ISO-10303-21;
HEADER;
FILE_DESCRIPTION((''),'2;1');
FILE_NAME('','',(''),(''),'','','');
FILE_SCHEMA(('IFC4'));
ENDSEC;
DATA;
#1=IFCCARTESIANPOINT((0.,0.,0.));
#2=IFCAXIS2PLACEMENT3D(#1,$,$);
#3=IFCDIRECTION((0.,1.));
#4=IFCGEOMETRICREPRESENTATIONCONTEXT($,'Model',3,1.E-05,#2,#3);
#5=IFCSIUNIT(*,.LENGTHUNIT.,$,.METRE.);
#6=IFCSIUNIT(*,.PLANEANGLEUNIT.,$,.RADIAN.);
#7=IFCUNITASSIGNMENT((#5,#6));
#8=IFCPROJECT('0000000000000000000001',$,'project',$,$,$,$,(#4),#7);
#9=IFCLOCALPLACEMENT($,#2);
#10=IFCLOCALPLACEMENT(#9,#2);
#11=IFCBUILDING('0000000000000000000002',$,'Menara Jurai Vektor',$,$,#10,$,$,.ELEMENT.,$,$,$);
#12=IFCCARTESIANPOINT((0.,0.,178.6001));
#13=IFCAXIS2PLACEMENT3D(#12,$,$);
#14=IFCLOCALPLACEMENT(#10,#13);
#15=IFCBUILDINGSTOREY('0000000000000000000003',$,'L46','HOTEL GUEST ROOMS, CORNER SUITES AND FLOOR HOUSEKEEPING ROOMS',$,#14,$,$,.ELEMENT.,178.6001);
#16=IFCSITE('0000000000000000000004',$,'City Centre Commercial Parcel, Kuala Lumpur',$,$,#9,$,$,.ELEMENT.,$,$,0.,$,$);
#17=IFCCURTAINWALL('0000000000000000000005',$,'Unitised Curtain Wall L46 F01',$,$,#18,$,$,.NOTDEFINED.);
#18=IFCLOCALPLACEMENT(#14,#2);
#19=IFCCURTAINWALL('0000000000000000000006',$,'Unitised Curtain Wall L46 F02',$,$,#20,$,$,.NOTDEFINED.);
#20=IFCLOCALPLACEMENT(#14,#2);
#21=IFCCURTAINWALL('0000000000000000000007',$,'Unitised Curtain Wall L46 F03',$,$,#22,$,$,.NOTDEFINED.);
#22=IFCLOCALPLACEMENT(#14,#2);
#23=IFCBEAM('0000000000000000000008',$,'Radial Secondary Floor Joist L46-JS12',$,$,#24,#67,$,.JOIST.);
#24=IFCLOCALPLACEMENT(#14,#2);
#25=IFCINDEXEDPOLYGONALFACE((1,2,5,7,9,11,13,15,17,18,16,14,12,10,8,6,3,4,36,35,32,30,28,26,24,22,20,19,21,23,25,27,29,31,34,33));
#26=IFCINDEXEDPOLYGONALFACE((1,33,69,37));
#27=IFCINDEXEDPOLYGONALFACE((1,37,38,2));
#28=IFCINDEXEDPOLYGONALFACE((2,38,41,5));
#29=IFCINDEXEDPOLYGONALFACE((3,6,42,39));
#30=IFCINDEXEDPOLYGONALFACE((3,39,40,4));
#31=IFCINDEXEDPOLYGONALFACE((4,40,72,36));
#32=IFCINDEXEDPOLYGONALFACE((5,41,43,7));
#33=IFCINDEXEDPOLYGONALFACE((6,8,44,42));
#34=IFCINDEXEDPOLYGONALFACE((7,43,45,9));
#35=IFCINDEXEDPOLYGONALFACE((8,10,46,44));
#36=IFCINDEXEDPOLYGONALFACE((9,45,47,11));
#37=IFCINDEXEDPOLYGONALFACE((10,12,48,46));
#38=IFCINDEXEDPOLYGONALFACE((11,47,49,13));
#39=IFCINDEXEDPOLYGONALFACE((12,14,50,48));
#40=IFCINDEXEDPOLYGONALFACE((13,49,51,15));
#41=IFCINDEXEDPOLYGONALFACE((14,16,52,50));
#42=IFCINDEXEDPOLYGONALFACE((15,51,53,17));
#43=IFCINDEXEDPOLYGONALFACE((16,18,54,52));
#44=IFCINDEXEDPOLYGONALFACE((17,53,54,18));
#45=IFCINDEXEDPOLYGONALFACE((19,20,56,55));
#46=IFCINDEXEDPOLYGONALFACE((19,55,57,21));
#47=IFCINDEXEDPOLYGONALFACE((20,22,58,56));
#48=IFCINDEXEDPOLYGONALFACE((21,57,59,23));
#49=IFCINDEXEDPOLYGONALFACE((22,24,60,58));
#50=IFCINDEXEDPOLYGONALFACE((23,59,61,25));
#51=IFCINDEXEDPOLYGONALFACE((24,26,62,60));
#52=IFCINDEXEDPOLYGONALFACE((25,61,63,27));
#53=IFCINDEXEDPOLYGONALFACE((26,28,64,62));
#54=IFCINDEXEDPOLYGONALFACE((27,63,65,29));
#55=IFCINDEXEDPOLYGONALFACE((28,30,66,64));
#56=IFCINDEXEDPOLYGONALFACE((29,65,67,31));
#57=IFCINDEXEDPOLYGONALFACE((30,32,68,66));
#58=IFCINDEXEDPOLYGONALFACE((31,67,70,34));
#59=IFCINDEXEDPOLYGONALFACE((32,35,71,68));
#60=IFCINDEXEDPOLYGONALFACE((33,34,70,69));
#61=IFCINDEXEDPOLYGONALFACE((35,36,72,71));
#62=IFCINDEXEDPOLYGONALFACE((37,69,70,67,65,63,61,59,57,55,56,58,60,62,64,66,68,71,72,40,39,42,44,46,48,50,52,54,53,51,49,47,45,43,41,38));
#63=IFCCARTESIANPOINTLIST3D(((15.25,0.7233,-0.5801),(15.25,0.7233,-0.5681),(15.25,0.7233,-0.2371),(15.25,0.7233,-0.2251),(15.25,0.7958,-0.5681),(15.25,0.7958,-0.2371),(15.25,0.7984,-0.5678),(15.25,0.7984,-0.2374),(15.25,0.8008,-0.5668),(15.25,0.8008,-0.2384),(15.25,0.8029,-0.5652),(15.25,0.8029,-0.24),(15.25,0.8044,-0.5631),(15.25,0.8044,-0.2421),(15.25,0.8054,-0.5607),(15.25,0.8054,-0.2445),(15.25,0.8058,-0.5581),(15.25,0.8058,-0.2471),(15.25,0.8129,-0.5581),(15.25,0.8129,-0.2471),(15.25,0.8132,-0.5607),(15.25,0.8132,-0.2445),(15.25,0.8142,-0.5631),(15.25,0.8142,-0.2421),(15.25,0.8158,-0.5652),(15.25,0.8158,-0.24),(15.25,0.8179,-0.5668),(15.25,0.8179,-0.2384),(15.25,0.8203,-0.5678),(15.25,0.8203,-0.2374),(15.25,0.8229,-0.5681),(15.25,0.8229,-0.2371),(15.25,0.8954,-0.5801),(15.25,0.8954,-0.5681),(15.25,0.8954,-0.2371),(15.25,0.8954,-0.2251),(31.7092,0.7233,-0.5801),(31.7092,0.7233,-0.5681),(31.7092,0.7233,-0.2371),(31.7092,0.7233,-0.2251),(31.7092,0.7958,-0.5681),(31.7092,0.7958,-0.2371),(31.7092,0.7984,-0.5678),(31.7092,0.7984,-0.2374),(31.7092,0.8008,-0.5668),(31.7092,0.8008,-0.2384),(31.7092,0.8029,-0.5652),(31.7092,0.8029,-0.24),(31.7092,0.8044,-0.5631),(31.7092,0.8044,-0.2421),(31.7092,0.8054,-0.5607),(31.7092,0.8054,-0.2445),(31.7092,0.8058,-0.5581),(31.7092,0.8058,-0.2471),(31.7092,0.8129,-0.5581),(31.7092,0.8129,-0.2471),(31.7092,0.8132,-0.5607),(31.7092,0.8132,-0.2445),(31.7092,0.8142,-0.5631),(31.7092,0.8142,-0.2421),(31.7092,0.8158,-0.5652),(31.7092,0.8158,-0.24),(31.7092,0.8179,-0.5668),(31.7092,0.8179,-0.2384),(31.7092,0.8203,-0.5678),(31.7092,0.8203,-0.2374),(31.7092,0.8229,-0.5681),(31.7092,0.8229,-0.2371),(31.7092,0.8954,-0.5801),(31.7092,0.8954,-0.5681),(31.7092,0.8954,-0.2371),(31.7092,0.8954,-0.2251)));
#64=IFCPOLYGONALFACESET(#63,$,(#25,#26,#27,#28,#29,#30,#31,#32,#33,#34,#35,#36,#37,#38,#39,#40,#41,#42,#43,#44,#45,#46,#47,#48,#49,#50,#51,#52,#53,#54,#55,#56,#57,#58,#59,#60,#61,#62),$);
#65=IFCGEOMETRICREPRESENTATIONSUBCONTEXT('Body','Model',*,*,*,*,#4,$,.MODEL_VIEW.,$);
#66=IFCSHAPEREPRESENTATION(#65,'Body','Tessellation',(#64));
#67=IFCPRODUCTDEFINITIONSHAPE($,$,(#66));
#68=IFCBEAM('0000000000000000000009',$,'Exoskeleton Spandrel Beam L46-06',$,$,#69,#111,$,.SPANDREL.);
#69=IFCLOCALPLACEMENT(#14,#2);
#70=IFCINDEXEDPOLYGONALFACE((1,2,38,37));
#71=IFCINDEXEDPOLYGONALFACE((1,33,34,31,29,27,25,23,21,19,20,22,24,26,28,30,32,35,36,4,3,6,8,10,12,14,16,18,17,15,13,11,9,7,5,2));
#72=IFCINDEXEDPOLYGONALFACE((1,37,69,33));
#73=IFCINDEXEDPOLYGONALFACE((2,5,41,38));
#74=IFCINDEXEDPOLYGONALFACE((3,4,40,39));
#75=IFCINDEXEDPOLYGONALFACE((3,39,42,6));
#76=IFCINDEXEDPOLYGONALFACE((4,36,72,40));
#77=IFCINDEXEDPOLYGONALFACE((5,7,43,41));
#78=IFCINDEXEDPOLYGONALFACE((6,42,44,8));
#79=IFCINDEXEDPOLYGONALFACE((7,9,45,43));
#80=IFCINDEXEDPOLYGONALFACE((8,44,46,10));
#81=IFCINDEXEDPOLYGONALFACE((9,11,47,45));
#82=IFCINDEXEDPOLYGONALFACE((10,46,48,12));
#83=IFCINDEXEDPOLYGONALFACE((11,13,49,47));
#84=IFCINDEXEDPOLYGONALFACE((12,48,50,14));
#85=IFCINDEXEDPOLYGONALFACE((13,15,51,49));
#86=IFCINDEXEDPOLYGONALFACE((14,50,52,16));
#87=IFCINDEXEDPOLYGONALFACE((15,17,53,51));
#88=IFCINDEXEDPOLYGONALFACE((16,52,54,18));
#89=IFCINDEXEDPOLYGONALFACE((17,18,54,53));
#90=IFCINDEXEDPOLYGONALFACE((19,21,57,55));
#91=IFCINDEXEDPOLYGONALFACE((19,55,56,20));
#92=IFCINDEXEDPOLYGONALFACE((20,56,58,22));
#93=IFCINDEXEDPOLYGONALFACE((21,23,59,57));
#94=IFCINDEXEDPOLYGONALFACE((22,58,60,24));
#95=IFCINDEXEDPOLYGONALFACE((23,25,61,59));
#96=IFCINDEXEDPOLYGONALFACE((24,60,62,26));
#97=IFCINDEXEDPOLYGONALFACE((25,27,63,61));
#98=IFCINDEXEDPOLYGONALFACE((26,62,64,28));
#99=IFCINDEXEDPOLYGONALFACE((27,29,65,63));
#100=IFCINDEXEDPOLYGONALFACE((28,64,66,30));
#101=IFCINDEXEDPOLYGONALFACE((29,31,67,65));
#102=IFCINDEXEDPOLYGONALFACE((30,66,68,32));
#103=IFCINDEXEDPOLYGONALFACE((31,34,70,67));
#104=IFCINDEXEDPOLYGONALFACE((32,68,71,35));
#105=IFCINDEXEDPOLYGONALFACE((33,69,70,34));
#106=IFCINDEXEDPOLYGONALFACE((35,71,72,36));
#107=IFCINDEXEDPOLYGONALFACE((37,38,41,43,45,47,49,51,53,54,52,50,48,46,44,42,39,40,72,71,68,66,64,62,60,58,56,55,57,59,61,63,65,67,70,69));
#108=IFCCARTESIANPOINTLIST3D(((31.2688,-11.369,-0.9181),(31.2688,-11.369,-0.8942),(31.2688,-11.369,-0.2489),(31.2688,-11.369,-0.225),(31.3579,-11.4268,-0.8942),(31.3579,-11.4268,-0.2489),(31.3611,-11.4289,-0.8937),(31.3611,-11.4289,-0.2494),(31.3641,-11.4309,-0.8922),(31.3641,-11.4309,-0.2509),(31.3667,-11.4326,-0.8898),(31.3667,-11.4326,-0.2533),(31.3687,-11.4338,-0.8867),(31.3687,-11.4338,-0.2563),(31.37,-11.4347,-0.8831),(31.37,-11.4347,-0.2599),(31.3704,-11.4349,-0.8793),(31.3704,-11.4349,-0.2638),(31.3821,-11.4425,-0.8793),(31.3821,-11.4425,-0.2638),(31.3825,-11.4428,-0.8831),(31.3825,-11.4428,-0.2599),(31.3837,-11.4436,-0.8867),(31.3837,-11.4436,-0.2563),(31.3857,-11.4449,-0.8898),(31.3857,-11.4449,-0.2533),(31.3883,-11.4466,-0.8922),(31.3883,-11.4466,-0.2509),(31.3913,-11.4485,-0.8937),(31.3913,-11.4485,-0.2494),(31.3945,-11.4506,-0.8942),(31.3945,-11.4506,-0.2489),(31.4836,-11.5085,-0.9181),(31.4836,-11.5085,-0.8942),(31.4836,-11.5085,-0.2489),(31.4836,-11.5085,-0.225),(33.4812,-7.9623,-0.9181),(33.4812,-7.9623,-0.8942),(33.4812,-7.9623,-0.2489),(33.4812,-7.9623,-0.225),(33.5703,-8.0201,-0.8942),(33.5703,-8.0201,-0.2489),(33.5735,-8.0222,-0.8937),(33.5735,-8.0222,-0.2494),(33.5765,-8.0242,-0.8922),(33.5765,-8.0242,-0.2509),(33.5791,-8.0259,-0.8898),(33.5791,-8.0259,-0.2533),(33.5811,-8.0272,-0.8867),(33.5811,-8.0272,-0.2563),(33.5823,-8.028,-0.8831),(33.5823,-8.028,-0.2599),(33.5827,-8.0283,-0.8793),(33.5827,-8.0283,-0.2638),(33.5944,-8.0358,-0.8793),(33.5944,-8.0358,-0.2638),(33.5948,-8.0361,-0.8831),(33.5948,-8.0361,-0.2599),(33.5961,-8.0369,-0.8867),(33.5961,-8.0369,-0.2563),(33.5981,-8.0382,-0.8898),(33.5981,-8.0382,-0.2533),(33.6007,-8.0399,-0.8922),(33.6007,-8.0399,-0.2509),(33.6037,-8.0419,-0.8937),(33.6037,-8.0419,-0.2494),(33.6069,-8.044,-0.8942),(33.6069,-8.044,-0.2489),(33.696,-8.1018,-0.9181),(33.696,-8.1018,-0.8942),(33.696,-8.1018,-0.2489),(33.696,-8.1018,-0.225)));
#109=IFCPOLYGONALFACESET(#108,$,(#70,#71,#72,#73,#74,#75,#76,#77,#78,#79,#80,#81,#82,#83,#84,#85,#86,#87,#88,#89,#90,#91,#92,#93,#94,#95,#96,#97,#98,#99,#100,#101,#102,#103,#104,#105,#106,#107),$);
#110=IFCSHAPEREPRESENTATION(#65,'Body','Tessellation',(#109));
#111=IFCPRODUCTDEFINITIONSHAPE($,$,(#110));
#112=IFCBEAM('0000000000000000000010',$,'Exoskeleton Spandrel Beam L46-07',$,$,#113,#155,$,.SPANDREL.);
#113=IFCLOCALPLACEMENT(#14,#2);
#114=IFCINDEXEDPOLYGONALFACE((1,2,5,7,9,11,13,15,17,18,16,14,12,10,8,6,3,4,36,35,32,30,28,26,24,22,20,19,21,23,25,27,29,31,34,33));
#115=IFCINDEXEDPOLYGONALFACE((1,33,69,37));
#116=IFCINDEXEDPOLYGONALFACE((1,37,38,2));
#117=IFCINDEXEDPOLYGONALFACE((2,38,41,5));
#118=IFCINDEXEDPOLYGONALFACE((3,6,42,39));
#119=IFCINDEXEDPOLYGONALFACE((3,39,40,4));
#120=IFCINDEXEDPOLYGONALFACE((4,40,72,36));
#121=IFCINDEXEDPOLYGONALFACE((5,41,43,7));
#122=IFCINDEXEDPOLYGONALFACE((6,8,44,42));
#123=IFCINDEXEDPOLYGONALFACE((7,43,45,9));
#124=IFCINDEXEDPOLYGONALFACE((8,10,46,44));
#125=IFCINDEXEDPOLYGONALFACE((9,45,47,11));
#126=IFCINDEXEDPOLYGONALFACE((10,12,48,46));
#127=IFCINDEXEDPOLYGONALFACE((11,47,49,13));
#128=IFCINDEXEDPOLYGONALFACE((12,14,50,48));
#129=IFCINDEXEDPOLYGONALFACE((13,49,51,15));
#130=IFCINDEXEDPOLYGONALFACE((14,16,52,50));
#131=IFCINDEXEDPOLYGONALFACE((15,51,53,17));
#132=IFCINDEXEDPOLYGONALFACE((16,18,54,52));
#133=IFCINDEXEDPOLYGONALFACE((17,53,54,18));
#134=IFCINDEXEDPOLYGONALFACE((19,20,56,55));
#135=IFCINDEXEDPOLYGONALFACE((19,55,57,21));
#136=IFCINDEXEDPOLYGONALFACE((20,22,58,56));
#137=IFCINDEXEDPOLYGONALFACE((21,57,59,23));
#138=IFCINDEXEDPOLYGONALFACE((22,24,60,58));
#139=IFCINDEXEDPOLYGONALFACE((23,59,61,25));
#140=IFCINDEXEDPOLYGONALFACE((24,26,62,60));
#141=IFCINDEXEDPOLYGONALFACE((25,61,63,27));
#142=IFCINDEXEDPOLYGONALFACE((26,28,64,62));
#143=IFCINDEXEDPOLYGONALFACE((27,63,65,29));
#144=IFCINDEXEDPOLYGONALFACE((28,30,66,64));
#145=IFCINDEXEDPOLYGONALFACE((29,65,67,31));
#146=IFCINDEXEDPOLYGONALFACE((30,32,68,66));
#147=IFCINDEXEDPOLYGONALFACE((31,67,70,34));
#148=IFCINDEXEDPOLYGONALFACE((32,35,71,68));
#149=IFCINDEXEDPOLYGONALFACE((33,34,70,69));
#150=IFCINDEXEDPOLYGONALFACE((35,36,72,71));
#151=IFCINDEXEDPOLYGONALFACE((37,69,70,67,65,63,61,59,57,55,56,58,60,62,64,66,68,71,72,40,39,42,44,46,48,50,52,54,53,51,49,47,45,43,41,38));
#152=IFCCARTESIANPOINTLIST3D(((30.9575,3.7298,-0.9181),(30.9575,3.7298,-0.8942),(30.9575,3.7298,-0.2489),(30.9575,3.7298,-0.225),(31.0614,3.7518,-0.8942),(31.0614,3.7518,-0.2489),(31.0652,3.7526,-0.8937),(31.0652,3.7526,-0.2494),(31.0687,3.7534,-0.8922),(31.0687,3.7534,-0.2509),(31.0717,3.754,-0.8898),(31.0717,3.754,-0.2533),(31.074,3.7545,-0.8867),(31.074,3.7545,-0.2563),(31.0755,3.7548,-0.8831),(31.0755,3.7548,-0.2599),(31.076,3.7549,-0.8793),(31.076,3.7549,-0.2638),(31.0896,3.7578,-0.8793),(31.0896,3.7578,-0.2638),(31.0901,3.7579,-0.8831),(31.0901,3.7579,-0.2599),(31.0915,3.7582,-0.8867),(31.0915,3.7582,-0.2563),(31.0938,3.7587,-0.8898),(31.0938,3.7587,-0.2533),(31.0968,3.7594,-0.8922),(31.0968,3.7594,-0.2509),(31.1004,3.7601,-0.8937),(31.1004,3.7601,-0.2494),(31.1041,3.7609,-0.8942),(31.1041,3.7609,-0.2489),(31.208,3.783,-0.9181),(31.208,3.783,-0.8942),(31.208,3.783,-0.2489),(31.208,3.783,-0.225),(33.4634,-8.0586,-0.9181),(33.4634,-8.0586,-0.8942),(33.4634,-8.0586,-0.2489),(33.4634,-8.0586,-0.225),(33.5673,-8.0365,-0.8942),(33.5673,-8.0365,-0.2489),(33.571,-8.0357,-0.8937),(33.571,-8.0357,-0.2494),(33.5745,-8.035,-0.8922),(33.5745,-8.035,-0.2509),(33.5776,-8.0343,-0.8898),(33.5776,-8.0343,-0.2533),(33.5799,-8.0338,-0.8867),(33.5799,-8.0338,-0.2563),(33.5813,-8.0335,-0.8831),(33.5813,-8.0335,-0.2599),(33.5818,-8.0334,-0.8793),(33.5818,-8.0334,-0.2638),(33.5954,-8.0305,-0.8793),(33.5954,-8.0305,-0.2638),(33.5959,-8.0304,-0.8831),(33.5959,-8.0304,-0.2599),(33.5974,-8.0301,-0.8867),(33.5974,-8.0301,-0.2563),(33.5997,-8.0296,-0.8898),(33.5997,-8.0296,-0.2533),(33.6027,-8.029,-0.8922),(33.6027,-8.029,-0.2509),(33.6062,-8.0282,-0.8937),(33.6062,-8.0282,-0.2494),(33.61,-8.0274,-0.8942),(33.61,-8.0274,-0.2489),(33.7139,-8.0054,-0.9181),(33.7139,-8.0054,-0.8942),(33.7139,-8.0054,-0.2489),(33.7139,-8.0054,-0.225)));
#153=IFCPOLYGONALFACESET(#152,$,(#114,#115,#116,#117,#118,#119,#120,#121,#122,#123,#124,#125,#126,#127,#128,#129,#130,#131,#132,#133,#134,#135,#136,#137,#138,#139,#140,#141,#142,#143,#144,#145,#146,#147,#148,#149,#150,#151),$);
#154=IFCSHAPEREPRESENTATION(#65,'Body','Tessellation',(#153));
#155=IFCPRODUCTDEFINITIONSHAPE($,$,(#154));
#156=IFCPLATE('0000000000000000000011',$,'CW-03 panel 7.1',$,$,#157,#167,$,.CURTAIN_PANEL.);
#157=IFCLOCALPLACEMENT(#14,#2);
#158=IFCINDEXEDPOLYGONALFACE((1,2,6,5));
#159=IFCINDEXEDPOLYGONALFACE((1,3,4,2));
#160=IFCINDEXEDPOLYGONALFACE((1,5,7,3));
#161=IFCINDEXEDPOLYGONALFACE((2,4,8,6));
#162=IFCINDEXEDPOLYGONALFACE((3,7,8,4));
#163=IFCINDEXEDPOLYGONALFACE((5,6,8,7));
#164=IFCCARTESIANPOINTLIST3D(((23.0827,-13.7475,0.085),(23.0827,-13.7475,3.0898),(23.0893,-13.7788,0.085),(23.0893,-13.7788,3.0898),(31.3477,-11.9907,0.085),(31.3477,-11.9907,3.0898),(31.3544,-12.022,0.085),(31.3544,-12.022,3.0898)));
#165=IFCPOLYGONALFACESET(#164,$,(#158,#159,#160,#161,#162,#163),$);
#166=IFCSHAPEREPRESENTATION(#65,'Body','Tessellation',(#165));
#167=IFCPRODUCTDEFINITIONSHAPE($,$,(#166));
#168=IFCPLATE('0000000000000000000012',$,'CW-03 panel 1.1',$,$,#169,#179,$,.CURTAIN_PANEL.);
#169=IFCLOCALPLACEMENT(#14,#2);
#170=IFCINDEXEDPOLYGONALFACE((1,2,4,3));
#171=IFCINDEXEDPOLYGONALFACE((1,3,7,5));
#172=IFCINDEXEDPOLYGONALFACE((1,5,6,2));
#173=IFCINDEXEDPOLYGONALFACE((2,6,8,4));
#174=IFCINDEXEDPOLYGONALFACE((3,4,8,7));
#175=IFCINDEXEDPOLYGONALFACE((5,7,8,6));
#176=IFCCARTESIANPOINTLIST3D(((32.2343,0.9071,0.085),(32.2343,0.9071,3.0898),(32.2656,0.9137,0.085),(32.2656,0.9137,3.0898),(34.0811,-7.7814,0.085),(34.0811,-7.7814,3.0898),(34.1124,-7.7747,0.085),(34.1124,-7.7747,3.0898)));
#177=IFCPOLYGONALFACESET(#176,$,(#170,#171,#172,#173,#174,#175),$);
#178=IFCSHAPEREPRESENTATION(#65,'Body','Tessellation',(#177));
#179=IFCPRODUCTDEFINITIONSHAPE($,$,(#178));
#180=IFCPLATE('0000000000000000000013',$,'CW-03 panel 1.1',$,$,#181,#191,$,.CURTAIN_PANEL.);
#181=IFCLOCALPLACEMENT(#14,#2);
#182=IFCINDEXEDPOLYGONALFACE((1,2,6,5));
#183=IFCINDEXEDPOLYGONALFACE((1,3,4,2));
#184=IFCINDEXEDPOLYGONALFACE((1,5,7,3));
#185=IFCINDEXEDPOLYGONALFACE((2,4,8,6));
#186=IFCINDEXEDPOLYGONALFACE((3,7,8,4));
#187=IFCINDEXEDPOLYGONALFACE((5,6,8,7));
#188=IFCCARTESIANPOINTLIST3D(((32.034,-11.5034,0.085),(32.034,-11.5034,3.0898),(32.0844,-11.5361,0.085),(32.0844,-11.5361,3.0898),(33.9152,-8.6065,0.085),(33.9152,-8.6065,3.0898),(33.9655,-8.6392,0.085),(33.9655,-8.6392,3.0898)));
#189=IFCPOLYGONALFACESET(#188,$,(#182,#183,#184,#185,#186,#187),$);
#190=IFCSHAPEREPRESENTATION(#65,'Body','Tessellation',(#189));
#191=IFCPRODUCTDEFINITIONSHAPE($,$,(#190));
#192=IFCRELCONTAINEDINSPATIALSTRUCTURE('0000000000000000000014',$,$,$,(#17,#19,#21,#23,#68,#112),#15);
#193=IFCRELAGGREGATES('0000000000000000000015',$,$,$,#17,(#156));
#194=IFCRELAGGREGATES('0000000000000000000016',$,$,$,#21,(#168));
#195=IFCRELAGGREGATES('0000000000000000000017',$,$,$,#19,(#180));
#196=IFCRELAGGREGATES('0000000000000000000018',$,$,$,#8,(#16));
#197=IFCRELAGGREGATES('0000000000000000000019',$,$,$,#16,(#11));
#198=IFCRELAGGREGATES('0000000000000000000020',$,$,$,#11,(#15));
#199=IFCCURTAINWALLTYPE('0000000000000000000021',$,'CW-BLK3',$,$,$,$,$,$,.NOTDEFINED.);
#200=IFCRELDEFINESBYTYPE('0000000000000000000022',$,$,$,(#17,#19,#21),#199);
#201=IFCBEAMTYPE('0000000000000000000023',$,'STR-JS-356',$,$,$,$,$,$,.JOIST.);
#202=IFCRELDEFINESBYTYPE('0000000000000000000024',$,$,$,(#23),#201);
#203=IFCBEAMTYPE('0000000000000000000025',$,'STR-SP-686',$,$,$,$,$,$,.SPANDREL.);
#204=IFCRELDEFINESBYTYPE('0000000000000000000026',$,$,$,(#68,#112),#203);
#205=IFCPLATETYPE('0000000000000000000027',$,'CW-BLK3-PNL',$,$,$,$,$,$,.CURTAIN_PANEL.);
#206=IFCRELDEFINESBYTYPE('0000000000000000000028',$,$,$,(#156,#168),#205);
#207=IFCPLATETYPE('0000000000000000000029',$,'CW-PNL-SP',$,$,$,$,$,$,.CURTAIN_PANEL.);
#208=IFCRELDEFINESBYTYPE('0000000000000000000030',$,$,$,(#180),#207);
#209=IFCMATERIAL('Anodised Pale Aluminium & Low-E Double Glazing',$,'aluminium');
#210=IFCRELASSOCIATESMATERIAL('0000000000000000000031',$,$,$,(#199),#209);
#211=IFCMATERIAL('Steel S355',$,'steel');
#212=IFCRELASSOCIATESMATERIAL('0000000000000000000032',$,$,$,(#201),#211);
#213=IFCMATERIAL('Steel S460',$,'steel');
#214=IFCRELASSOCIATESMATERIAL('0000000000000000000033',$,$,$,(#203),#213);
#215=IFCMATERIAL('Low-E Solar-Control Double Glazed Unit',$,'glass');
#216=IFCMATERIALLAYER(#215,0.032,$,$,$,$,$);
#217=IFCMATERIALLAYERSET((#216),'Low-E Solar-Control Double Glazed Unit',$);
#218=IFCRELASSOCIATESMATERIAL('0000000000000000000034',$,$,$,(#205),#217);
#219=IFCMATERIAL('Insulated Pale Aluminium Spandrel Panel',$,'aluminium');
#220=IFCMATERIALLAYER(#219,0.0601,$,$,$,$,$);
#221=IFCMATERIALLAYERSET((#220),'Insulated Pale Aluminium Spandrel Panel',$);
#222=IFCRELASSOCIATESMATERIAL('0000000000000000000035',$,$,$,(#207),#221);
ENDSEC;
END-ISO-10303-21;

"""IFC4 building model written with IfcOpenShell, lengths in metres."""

from ifc_helpers import new_model, si_unit, direction, frame, origin, origin_2d, place, context, subcontext, project, spatial, rectangle, i_section, extrude, material, layer, layer_set, material_profile, profile_set, type_object, element, aggregate, save


model = new_model("IFC4")

# Units and contexts
model_context = context("Model", 3, precision=1e-05, world=origin(), true_north=direction((0.0, 1.0)))
body_context = subcontext(model_context, "Body", "Model", "MODEL_VIEW")
ifc_project = project(units=[si_unit("LENGTHUNIT", "METRE"), si_unit("PLANEANGLEUNIT", "RADIAN")], contexts=[model_context])

# Site, building, storey
site_placement = place(None, origin())
site = spatial("IfcSite", under=ifc_project, at=site_placement, Name="City Centre Commercial Parcel, Kuala Lumpur", CompositionType="ELEMENT", RefElevation=0.0)
building_placement = place(site_placement, origin())
building = spatial("IfcBuilding", under=site, at=building_placement, Name="Menara Jurai Vektor", CompositionType="ELEMENT")
storey_placement = place(building_placement, frame((0.0, 0.0, 178.6001)))
storey = spatial("IfcBuildingStorey", under=building, at=storey_placement, Name="L46", Description="HOTEL GUEST ROOMS, CORNER SUITES AND FLOOR HOUSEKEEPING ROOMS", CompositionType="ELEMENT", Elevation=178.6001)

# Shared definitions
ifc_material_1 = material(Name="Steel S460", Category="steel")

# Curtain walls
ifc_material_2 = material(Name="Anodised Pale Aluminium & Low-E Double Glazing", Category="aluminium")
curtain_wall_type = type_object("IfcCurtainWallType", Name="CW-BLK3", PredefinedType="NOTDEFINED", material=ifc_material_2)
curtain_wall_1_placement = place(storey_placement, origin())
curtain_wall_1 = element("IfcCurtainWall", 1, at=curtain_wall_1_placement, inside=storey, type_object=curtain_wall_type, Name="Unitised Curtain Wall L46 F01", PredefinedType="NOTDEFINED")
curtain_wall_2_placement = place(storey_placement, origin())
curtain_wall_2 = element("IfcCurtainWall", 2, at=curtain_wall_2_placement, inside=storey, type_object=curtain_wall_type, Name="Unitised Curtain Wall L46 F02", PredefinedType="NOTDEFINED")
curtain_wall_3_placement = place(storey_placement, origin())
curtain_wall_3 = element("IfcCurtainWall", 3, at=curtain_wall_3_placement, inside=storey, type_object=curtain_wall_type, Name="Unitised Curtain Wall L46 F03", PredefinedType="NOTDEFINED")

# Shared definitions
ifc_material_3 = material(Name="Steel S355", Category="steel")

# Beams
ifc_material_profile_1 = material_profile(ifc_material_3, i_section(OverallWidth=0.1721, OverallDepth=0.355, WebThickness=0.0071, FlangeThickness=0.012, FilletRadius=0.01, at=origin_2d()), Name="UKB 356x171x51")
ifc_profile_set_1 = profile_set([ifc_material_profile_1], Name="Steel S355")
beam_type_1 = type_object("IfcBeamType", Name="STR-JS-356", PredefinedType="JOIST", material=ifc_profile_set_1)
beam_1_placement = place(storey_placement, frame((31.7092, 0.8093, -0.4026), z_axis=(-1.0, 0.0, 0.0), x_axis=(0.0, -1.0, 0.0)))
element("IfcBeam", 4, at=beam_1_placement, inside=storey, type_object=beam_type_1, Name="Radial Secondary Floor Joist L46-JS12", PredefinedType="JOIST", context=body_context, shape_type="SweptSolid", body=[
    extrude(i_section(OverallWidth=0.1721, OverallDepth=0.355, WebThickness=0.0071, FlangeThickness=0.012, FilletRadius=0.01, at=origin_2d()), origin(), (0.0, 0.0, 1.0), 16.4592),
])
ifc_material_profile_2 = material_profile(ifc_material_1, i_section(OverallWidth=0.2561, OverallDepth=0.6931, WebThickness=0.0139, FlangeThickness=0.0239, FilletRadius=0.0149, at=origin_2d()), Name="UKB 686x254x170")
ifc_profile_set_2 = profile_set([ifc_material_profile_2], Name="Steel S460")
beam_type_2 = type_object("IfcBeamType", Name="STR-SP-686", PredefinedType="SPANDREL", material=ifc_profile_set_2)
beam_2_placement = place(storey_placement, frame((31.3762, -11.4387, -0.5715), z_axis=(0.544646, 0.838666, 0.0), x_axis=(-0.838666, 0.544646, 0.0)))
element("IfcBeam", 5, at=beam_2_placement, inside=storey, type_object=beam_type_2, Name="Exoskeleton Spandrel Beam L46-06", PredefinedType="SPANDREL", context=body_context, shape_type="SweptSolid", body=[
    extrude(i_section(OverallWidth=0.2561, OverallDepth=0.6931, WebThickness=0.0139, FlangeThickness=0.0239, FilletRadius=0.0149, at=origin_2d()), origin(), (0.0, 0.0, 1.0), 4.062),
])
beam_3_placement = place(storey_placement, frame((33.5886, -8.032, -0.5715), z_axis=(-0.207925, 0.978145, 0.0), x_axis=(-0.978145, -0.207925, 0.0)))
element("IfcBeam", 6, at=beam_3_placement, inside=storey, type_object=beam_type_2, Name="Exoskeleton Spandrel Beam L46-07", PredefinedType="SPANDREL", context=body_context, shape_type="SweptSolid", body=[
    extrude(i_section(OverallWidth=0.2561, OverallDepth=0.6931, WebThickness=0.0139, FlangeThickness=0.0239, FilletRadius=0.0149, at=origin_2d()), origin(), (0.0, 0.0, 1.0), 12.0518),
])

# Plates
ifc_material_4 = material(Name="Low-E Solar-Control Double Glazed Unit", Category="glass")
ifc_layer_1 = layer(ifc_material_4, 0.032)
ifc_layer_set_1 = layer_set([ifc_layer_1], Name="Low-E Solar-Control Double Glazed Unit")
plate_type_1 = type_object("IfcPlateType", Name="CW-BLK3-PNL", PredefinedType="CURTAIN_PANEL", material=ifc_layer_set_1)
plate_1_placement = place(storey_placement, frame((27.2185, -12.8848, 0.085), z_axis=(0.0, 0.0, 1.0), x_axis=(0.978148, 0.207911, 0.0)))
plate_1 = element("IfcPlate", 7, at=plate_1_placement, type_object=plate_type_1, Name="CW-03 panel 7.1", PredefinedType="CURTAIN_PANEL", context=body_context, shape_type="SweptSolid", body=[
    extrude(rectangle(XDim=8.4497, YDim=0.032, at=origin_2d()), origin(), (0.0, 0.0, 1.0), 3.0049),
])
aggregate(curtain_wall_1, [plate_1])
plate_2_placement = place(storey_placement, frame((33.1733, -3.4338, 0.085), z_axis=(0.0, 0.0, 1.0), x_axis=(-0.20791, 0.978148, 0.0)))
plate_2 = element("IfcPlate", 8, at=plate_2_placement, type_object=plate_type_1, Name="CW-03 panel 1.1", PredefinedType="CURTAIN_PANEL", context=body_context, shape_type="SweptSolid", body=[
    extrude(rectangle(XDim=8.8826, YDim=0.032, at=origin_2d()), origin(), (0.0, 0.0, 1.0), 3.0049),
])
aggregate(curtain_wall_3, [plate_2])
ifc_material_5 = material(Name="Insulated Pale Aluminium Spandrel Panel", Category="aluminium")
ifc_layer_2 = layer(ifc_material_5, 0.0601)
ifc_layer_set_2 = layer_set([ifc_layer_2], Name="Insulated Pale Aluminium Spandrel Panel")
plate_type_2 = type_object("IfcPlateType", Name="CW-PNL-SP", PredefinedType="CURTAIN_PANEL", material=ifc_layer_set_2)
plate_3_placement = place(storey_placement, frame((32.9998, -10.0713, 0.085), z_axis=(0.0, 0.0, 1.0), x_axis=(0.544618, 0.838684, 0.0)))
plate_3 = element("IfcPlate", 9, at=plate_3_placement, type_object=plate_type_2, Name="CW-03 panel 1.1", PredefinedType="CURTAIN_PANEL", context=body_context, shape_type="SweptSolid", body=[
    extrude(rectangle(XDim=3.4541, YDim=0.0601, at=origin_2d()), origin(), (0.0, 0.0, 1.0), 3.0049),
])
aggregate(curtain_wall_2, [plate_3])

save(model, "model.ifc")
